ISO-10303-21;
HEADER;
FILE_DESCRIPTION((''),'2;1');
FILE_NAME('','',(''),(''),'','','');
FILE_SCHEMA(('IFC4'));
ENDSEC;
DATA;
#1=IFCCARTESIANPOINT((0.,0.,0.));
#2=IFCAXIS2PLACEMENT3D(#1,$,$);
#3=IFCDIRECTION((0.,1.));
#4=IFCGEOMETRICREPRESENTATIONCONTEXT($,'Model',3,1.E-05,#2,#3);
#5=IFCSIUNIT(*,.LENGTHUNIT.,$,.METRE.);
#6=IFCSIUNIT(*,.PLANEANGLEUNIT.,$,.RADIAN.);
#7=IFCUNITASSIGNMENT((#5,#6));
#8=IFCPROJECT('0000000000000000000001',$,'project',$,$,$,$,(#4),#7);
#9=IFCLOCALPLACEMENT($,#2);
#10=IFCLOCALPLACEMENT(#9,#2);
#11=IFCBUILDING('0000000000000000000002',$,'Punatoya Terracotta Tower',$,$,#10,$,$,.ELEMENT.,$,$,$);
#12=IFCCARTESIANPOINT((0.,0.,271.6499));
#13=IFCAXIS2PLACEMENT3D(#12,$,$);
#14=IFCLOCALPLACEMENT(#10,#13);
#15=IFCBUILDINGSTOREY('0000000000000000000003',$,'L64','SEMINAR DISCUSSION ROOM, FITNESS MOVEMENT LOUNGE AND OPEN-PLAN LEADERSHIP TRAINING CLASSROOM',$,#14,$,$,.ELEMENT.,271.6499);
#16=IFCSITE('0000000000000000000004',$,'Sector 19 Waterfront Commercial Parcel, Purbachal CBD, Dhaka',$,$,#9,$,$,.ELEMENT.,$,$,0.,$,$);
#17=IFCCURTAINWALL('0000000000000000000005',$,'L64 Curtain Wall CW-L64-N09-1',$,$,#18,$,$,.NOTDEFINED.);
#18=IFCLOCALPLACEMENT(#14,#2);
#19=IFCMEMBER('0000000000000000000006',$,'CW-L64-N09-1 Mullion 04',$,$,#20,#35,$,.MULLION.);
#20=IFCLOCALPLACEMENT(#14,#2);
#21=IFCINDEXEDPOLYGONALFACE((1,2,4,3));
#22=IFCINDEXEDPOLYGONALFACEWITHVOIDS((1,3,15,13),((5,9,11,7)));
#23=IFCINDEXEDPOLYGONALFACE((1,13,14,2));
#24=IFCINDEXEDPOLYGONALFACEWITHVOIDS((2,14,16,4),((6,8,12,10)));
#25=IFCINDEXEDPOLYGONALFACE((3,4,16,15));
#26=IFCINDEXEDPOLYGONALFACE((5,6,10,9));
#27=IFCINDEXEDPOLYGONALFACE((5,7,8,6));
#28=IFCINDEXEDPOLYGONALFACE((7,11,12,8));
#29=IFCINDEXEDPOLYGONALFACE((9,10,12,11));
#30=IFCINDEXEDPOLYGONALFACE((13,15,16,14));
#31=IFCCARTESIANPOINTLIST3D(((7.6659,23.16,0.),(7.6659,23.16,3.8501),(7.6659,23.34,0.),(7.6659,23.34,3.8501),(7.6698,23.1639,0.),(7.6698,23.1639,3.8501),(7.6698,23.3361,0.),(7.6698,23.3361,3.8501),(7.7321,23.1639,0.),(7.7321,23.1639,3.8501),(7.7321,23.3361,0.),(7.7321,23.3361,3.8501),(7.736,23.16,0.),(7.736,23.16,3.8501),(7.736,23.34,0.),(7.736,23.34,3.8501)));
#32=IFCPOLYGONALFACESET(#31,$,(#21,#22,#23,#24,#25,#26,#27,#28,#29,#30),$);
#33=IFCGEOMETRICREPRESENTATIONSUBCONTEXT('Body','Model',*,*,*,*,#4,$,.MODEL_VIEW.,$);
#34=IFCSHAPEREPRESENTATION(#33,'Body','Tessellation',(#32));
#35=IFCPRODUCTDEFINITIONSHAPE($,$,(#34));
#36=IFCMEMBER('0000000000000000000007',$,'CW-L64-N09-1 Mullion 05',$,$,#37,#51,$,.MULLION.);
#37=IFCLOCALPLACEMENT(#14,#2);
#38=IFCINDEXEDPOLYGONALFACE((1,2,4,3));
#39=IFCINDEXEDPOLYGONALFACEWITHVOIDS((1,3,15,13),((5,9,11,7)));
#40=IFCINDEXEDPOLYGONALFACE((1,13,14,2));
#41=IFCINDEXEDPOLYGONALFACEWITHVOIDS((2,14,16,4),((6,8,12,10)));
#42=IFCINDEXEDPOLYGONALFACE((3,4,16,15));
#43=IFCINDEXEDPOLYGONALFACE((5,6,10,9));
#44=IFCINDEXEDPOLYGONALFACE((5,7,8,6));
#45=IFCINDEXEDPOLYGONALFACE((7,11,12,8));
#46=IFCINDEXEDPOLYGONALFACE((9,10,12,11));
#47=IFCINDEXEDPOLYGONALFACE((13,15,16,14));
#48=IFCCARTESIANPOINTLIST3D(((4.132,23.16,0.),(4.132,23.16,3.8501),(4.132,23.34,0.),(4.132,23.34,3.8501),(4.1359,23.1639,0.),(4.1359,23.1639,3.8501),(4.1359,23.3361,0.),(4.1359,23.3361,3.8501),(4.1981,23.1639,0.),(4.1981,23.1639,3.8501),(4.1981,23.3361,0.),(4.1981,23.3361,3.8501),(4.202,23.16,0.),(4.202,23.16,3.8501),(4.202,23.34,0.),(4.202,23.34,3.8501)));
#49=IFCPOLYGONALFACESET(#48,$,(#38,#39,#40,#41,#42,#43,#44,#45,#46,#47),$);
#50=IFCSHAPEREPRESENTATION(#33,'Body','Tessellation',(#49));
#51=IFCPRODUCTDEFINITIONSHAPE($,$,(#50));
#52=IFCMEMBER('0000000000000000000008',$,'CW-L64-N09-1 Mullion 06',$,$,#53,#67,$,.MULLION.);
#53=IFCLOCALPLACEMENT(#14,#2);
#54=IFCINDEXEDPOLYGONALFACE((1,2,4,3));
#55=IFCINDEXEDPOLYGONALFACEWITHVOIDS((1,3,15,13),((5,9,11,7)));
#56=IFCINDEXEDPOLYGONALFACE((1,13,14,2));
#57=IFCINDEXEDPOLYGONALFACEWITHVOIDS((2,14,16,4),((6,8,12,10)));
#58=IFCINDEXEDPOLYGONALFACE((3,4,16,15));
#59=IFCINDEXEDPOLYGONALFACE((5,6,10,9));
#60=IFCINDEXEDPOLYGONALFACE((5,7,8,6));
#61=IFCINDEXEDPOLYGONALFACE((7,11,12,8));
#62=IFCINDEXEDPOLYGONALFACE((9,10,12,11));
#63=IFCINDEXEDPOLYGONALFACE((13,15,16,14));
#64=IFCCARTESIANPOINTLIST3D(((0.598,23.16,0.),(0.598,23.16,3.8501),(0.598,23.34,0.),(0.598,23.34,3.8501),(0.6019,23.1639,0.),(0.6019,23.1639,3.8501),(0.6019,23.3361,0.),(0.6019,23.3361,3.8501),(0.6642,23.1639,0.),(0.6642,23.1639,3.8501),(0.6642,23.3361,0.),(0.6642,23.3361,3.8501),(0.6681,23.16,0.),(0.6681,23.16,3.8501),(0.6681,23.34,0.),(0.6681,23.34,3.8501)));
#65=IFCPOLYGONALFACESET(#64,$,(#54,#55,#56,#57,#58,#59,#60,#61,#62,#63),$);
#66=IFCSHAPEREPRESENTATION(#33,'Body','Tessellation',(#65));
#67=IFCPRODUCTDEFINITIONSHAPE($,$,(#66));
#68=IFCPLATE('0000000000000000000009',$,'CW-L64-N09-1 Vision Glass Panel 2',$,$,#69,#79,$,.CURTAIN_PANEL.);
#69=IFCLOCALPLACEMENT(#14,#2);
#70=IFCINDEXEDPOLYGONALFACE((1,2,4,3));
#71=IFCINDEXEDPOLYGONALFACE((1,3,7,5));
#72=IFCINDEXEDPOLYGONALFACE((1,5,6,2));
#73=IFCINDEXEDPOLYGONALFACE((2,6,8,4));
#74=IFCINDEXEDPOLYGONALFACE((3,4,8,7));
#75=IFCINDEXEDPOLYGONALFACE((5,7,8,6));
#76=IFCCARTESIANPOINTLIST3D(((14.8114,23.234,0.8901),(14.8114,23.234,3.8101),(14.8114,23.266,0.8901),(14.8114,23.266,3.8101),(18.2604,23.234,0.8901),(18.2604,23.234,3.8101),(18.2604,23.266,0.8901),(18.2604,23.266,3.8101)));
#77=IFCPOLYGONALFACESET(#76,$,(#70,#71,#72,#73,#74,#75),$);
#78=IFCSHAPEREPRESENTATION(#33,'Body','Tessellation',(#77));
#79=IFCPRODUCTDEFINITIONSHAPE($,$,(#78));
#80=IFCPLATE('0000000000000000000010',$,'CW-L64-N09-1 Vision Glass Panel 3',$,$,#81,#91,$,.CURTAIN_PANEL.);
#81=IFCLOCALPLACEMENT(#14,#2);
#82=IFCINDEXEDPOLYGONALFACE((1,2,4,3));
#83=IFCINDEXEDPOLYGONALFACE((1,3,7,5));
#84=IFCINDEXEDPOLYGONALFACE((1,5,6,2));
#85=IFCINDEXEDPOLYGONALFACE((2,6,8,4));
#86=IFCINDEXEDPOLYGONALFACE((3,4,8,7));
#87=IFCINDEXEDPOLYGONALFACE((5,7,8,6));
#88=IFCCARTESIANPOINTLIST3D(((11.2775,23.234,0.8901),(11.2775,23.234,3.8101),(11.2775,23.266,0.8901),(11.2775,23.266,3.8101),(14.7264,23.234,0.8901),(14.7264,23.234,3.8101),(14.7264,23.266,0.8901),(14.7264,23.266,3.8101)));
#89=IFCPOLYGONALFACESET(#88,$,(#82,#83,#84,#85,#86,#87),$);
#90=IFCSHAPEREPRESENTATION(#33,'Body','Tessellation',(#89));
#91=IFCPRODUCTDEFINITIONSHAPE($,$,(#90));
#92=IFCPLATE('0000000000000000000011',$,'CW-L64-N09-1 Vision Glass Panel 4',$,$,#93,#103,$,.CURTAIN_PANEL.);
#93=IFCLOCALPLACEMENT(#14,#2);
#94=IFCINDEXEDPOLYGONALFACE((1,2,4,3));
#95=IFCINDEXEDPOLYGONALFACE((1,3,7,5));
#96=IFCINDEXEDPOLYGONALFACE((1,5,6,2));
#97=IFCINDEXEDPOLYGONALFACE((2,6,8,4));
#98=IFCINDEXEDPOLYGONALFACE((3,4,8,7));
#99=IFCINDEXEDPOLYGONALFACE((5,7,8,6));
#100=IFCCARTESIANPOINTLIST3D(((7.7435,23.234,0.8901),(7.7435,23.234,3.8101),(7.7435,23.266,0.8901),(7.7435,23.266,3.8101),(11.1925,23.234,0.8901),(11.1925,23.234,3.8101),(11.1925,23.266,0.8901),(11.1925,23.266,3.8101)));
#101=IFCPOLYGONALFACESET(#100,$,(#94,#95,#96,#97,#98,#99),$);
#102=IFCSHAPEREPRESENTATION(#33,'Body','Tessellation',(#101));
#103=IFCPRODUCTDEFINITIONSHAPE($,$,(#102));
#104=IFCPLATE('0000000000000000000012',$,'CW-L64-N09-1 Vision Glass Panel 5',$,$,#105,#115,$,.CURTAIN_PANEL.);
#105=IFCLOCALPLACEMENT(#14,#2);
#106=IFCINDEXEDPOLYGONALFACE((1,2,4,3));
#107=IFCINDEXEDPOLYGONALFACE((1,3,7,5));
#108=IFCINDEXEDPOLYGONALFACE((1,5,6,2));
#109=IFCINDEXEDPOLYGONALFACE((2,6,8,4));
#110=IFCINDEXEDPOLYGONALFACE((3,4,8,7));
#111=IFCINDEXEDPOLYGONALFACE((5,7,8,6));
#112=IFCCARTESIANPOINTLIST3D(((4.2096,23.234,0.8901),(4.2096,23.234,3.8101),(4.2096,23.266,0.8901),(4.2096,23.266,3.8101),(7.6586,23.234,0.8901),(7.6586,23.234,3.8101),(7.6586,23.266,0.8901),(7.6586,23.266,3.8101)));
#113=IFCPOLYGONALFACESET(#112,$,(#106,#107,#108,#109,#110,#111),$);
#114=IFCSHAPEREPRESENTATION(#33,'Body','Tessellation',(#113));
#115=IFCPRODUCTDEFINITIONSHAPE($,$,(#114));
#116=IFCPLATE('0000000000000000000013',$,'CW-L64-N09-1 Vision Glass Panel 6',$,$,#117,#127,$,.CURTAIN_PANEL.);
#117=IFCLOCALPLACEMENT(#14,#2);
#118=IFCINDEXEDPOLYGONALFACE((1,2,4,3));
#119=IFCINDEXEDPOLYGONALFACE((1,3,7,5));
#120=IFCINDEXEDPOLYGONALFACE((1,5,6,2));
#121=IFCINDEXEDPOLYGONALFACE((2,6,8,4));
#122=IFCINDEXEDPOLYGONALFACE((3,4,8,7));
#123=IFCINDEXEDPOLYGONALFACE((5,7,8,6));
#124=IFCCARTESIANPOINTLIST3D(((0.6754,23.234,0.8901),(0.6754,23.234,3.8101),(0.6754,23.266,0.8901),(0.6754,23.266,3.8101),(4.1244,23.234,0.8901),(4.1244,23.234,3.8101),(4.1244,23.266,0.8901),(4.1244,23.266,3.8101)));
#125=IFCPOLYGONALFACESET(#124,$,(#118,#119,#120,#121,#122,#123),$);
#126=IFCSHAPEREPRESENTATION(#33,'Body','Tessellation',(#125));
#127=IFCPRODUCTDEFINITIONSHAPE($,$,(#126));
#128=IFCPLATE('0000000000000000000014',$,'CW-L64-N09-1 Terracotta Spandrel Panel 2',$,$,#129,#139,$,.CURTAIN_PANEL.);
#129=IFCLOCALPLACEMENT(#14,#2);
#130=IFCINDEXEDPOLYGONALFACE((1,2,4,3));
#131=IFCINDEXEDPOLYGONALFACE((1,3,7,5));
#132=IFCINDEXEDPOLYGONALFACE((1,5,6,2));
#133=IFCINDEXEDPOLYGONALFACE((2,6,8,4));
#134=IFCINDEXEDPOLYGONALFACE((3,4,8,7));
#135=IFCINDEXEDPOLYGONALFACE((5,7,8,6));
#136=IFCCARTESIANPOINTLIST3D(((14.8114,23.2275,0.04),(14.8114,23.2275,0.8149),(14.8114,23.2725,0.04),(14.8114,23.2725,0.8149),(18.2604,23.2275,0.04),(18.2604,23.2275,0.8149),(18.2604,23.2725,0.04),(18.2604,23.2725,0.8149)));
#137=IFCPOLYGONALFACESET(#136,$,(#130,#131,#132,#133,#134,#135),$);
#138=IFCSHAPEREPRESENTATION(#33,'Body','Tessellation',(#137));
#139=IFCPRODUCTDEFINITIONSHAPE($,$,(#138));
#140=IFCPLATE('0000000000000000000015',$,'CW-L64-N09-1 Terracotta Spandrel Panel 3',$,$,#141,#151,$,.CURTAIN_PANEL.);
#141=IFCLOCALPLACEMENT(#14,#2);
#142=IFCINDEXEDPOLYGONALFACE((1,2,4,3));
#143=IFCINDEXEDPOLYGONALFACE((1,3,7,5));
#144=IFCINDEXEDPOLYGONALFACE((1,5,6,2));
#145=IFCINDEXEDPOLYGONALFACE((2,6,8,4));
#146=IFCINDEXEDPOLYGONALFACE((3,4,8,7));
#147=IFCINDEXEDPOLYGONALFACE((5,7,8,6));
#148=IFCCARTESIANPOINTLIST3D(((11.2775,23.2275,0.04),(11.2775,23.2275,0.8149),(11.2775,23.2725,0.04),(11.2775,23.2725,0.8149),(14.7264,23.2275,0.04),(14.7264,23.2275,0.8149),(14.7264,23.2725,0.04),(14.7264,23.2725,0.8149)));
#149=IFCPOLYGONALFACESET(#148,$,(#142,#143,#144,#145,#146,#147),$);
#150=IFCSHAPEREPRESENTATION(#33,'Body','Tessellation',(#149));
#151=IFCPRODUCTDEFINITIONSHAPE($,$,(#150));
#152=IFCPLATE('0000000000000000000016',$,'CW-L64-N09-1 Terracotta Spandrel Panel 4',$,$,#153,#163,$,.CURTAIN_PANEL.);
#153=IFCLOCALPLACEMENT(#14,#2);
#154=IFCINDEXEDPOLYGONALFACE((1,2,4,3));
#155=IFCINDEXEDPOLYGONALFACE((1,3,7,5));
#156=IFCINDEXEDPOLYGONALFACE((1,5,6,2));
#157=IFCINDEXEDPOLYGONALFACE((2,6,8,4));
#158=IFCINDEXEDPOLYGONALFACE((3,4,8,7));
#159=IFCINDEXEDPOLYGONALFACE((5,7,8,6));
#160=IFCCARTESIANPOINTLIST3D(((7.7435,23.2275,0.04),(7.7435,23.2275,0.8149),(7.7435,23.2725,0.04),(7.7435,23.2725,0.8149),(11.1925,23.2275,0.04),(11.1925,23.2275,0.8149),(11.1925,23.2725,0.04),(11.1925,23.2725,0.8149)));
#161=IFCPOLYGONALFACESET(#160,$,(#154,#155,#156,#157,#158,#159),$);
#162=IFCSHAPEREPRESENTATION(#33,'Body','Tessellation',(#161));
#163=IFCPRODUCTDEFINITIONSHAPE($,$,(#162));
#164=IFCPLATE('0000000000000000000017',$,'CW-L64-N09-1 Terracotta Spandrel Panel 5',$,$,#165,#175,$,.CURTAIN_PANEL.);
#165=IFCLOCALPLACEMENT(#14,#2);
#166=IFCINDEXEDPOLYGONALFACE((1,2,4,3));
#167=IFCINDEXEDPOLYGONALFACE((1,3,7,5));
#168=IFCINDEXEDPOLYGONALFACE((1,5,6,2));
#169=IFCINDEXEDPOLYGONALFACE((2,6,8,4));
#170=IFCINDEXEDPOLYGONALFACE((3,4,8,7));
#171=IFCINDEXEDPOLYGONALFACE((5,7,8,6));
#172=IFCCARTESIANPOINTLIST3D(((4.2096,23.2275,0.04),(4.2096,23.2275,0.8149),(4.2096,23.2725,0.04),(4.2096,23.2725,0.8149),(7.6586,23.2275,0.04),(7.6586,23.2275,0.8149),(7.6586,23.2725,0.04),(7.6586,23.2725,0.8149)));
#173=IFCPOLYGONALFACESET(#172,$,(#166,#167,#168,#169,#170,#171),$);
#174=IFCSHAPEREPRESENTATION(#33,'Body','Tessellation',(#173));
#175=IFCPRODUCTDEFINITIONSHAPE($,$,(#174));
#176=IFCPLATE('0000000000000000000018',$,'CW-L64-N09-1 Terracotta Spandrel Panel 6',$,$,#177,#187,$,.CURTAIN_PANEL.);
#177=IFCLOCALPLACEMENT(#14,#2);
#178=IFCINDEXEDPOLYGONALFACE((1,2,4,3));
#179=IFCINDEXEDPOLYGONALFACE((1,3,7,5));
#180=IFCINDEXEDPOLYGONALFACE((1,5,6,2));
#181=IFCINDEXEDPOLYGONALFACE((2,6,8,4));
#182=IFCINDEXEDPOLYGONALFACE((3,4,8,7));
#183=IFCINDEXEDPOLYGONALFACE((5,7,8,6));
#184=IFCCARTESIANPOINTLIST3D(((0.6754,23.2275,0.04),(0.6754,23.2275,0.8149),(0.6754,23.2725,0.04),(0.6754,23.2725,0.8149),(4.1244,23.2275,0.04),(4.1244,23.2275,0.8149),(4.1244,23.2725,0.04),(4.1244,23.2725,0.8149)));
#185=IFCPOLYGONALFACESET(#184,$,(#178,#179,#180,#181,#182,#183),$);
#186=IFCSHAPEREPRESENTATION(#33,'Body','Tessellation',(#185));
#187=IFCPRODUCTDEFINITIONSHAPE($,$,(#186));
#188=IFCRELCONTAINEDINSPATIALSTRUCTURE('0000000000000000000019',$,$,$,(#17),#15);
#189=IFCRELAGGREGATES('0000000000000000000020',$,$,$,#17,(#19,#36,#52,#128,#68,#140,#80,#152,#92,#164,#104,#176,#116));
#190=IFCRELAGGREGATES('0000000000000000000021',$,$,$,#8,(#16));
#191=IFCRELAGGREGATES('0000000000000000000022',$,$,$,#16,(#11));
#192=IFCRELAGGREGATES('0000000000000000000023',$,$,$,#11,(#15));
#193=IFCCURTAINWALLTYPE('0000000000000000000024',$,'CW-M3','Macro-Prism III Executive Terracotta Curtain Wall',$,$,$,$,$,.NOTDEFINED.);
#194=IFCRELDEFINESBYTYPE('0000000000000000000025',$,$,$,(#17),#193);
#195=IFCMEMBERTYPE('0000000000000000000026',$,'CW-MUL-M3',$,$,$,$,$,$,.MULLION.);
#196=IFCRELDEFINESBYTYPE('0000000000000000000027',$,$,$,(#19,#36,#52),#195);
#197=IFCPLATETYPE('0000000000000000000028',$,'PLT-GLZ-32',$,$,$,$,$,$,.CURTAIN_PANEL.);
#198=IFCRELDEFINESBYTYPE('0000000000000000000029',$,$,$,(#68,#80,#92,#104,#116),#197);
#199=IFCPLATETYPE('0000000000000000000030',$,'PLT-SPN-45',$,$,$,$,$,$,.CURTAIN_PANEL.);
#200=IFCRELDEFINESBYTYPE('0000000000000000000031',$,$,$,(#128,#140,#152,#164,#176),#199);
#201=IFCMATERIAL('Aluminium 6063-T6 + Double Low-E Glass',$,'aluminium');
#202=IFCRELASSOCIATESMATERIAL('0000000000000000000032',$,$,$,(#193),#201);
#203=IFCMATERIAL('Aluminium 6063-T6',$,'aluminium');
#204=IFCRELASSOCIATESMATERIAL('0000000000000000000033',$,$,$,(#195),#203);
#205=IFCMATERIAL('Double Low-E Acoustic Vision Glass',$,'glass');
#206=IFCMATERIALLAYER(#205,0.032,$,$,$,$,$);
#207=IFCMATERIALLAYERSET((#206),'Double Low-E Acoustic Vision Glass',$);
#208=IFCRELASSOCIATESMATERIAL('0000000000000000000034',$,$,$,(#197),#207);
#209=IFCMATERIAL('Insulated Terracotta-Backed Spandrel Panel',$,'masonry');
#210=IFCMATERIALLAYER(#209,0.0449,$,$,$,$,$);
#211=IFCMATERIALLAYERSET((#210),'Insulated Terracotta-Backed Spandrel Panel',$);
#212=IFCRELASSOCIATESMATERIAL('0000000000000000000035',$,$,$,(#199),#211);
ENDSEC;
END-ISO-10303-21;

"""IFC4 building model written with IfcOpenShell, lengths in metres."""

from ifc_helpers import new_model, si_unit, direction, frame, origin, origin_2d, place, context, subcontext, project, spatial, rectangle, hollow_rectangle, extrude, material, layer, layer_set, material_profile, profile_set, type_object, element, aggregate, save


model = new_model("IFC4")

# Units and contexts
model_context = context("Model", 3, precision=1e-05, world=origin(), true_north=direction((0.0, 1.0)))
body_context = subcontext(model_context, "Body", "Model", "MODEL_VIEW")
ifc_project = project(units=[si_unit("LENGTHUNIT", "METRE"), si_unit("PLANEANGLEUNIT", "RADIAN")], contexts=[model_context])

# Site, building, storey
site_placement = place(None, origin())
site = spatial("IfcSite", under=ifc_project, at=site_placement, Name="Sector 19 Waterfront Commercial Parcel, Purbachal CBD, Dhaka", CompositionType="ELEMENT", RefElevation=0.0)
building_placement = place(site_placement, origin())
building = spatial("IfcBuilding", under=site, at=building_placement, Name="Punatoya Terracotta Tower", CompositionType="ELEMENT")
storey_placement = place(building_placement, frame((0.0, 0.0, 271.6499)))
storey = spatial("IfcBuildingStorey", under=building, at=storey_placement, Name="L64", Description="SEMINAR DISCUSSION ROOM, FITNESS MOVEMENT LOUNGE AND OPEN-PLAN LEADERSHIP TRAINING CLASSROOM", CompositionType="ELEMENT", Elevation=271.6499)

# Curtain wall, members, plates
ifc_material_1 = material(Name="Aluminium 6063-T6 + Double Low-E Glass", Category="aluminium")
curtain_wall_type = type_object("IfcCurtainWallType", Name="CW-M3", Description="Macro-Prism III Executive Terracotta Curtain Wall", PredefinedType="NOTDEFINED", material=ifc_material_1)
curtain_wall_placement = place(storey_placement, origin())
curtain_wall = element("IfcCurtainWall", 1, at=curtain_wall_placement, inside=storey, type_object=curtain_wall_type, Name="L64 Curtain Wall CW-L64-N09-1", PredefinedType="NOTDEFINED")
ifc_material_2 = material(Name="Aluminium 6063-T6", Category="aluminium")
ifc_material_profile_1 = material_profile(ifc_material_2, hollow_rectangle(XDim=0.0701, YDim=0.1799, WallThickness=0.0039, at=origin_2d()))
ifc_profile_set_1 = profile_set([ifc_material_profile_1], Name="Aluminium 6063-T6")
member_type = type_object("IfcMemberType", Name="CW-MUL-M3", PredefinedType="MULLION", material=ifc_profile_set_1)
member_1_placement = place(storey_placement, frame((7.7009, 23.25, 0.0), z_axis=(0.0, 0.0, 1.0), x_axis=(1.0, 0.0, 0.0)))
member_1 = element("IfcMember", 2, at=member_1_placement, type_object=member_type, Name="CW-L64-N09-1 Mullion 04", PredefinedType="MULLION", context=body_context, shape_type="SweptSolid", body=[
    extrude(hollow_rectangle(XDim=0.0701, YDim=0.1799, WallThickness=0.0039, at=origin_2d()), origin(), (0.0, 0.0, 1.0), 3.8501),
])
member_2_placement = place(storey_placement, frame((4.167, 23.25, 0.0), z_axis=(0.0, 0.0, 1.0), x_axis=(1.0, 0.0, 0.0)))
member_2 = element("IfcMember", 3, at=member_2_placement, type_object=member_type, Name="CW-L64-N09-1 Mullion 05", PredefinedType="MULLION", context=body_context, shape_type="SweptSolid", body=[
    extrude(hollow_rectangle(XDim=0.0701, YDim=0.1799, WallThickness=0.0039, at=origin_2d()), origin(), (0.0, 0.0, 1.0), 3.8501),
])
member_3_placement = place(storey_placement, frame((0.6331, 23.25, 0.0), z_axis=(0.0, 0.0, 1.0), x_axis=(1.0, 0.0, 0.0)))
member_3 = element("IfcMember", 4, at=member_3_placement, type_object=member_type, Name="CW-L64-N09-1 Mullion 06", PredefinedType="MULLION", context=body_context, shape_type="SweptSolid", body=[
    extrude(hollow_rectangle(XDim=0.0701, YDim=0.1799, WallThickness=0.0039, at=origin_2d()), origin(), (0.0, 0.0, 1.0), 3.8501),
])
ifc_material_3 = material(Name="Double Low-E Acoustic Vision Glass", Category="glass")
ifc_layer_1 = layer(ifc_material_3, 0.032)
ifc_layer_set_1 = layer_set([ifc_layer_1], Name="Double Low-E Acoustic Vision Glass")
plate_type_1 = type_object("IfcPlateType", Name="PLT-GLZ-32", PredefinedType="CURTAIN_PANEL", material=ifc_layer_set_1)
plate_1_placement = place(storey_placement, frame((16.5359, 23.25, 0.8901), z_axis=(0.0, 0.0, 1.0), x_axis=(-1.0, 0.0, 0.0)))
plate_1 = element("IfcPlate", 5, at=plate_1_placement, type_object=plate_type_1, Name="CW-L64-N09-1 Vision Glass Panel 2", PredefinedType="CURTAIN_PANEL", context=body_context, shape_type="SweptSolid", body=[
    extrude(rectangle(XDim=3.449, YDim=0.032, at=origin_2d()), origin(), (0.0, 0.0, 1.0), 2.9199),
])
plate_2_placement = place(storey_placement, frame((13.002, 23.25, 0.8901), z_axis=(0.0, 0.0, 1.0), x_axis=(-1.0, 0.0, 0.0)))
plate_2 = element("IfcPlate", 6, at=plate_2_placement, type_object=plate_type_1, Name="CW-L64-N09-1 Vision Glass Panel 3", PredefinedType="CURTAIN_PANEL", context=body_context, shape_type="SweptSolid", body=[
    extrude(rectangle(XDim=3.449, YDim=0.032, at=origin_2d()), origin(), (0.0, 0.0, 1.0), 2.9199),
])
plate_3_placement = place(storey_placement, frame((9.468, 23.25, 0.8901), z_axis=(0.0, 0.0, 1.0), x_axis=(-1.0, 0.0, 0.0)))
plate_3 = element("IfcPlate", 7, at=plate_3_placement, type_object=plate_type_1, Name="CW-L64-N09-1 Vision Glass Panel 4", PredefinedType="CURTAIN_PANEL", context=body_context, shape_type="SweptSolid", body=[
    extrude(rectangle(XDim=3.449, YDim=0.032, at=origin_2d()), origin(), (0.0, 0.0, 1.0), 2.9199),
])
plate_4_placement = place(storey_placement, frame((5.9341, 23.25, 0.8901), z_axis=(0.0, 0.0, 1.0), x_axis=(-1.0, 0.0, 0.0)))
plate_4 = element("IfcPlate", 8, at=plate_4_placement, type_object=plate_type_1, Name="CW-L64-N09-1 Vision Glass Panel 5", PredefinedType="CURTAIN_PANEL", context=body_context, shape_type="SweptSolid", body=[
    extrude(rectangle(XDim=3.449, YDim=0.032, at=origin_2d()), origin(), (0.0, 0.0, 1.0), 2.9199),
])
plate_5_placement = place(storey_placement, frame((2.3999, 23.25, 0.8901), z_axis=(0.0, 0.0, 1.0), x_axis=(-1.0, 0.0, 0.0)))
plate_5 = element("IfcPlate", 9, at=plate_5_placement, type_object=plate_type_1, Name="CW-L64-N09-1 Vision Glass Panel 6", PredefinedType="CURTAIN_PANEL", context=body_context, shape_type="SweptSolid", body=[
    extrude(rectangle(XDim=3.449, YDim=0.032, at=origin_2d()), origin(), (0.0, 0.0, 1.0), 2.9199),
])
ifc_material_4 = material(Name="Insulated Terracotta-Backed Spandrel Panel", Category="masonry")
ifc_layer_2 = layer(ifc_material_4, 0.0449)
ifc_layer_set_2 = layer_set([ifc_layer_2], Name="Insulated Terracotta-Backed Spandrel Panel")
plate_type_2 = type_object("IfcPlateType", Name="PLT-SPN-45", PredefinedType="CURTAIN_PANEL", material=ifc_layer_set_2)
plate_6_placement = place(storey_placement, frame((16.5359, 23.25, 0.04), z_axis=(0.0, 0.0, 1.0), x_axis=(-1.0, 0.0, 0.0)))
plate_6 = element("IfcPlate", 10, at=plate_6_placement, type_object=plate_type_2, Name="CW-L64-N09-1 Terracotta Spandrel Panel 2", PredefinedType="CURTAIN_PANEL", context=body_context, shape_type="SweptSolid", body=[
    extrude(rectangle(XDim=3.449, YDim=0.0449, at=origin_2d()), origin(), (0.0, 0.0, 1.0), 0.7749),
])
plate_7_placement = place(storey_placement, frame((13.002, 23.25, 0.04), z_axis=(0.0, 0.0, 1.0), x_axis=(-1.0, 0.0, 0.0)))
plate_7 = element("IfcPlate", 11, at=plate_7_placement, type_object=plate_type_2, Name="CW-L64-N09-1 Terracotta Spandrel Panel 3", PredefinedType="CURTAIN_PANEL", context=body_context, shape_type="SweptSolid", body=[
    extrude(rectangle(XDim=3.449, YDim=0.0449, at=origin_2d()), origin(), (0.0, 0.0, 1.0), 0.7749),
])
plate_8_placement = place(storey_placement, frame((9.468, 23.25, 0.04), z_axis=(0.0, 0.0, 1.0), x_axis=(-1.0, 0.0, 0.0)))
plate_8 = element("IfcPlate", 12, at=plate_8_placement, type_object=plate_type_2, Name="CW-L64-N09-1 Terracotta Spandrel Panel 4", PredefinedType="CURTAIN_PANEL", context=body_context, shape_type="SweptSolid", body=[
    extrude(rectangle(XDim=3.449, YDim=0.0449, at=origin_2d()), origin(), (0.0, 0.0, 1.0), 0.7749),
])
plate_9_placement = place(storey_placement, frame((5.9341, 23.25, 0.04), z_axis=(0.0, 0.0, 1.0), x_axis=(-1.0, 0.0, 0.0)))
plate_9 = element("IfcPlate", 13, at=plate_9_placement, type_object=plate_type_2, Name="CW-L64-N09-1 Terracotta Spandrel Panel 5", PredefinedType="CURTAIN_PANEL", context=body_context, shape_type="SweptSolid", body=[
    extrude(rectangle(XDim=3.449, YDim=0.0449, at=origin_2d()), origin(), (0.0, 0.0, 1.0), 0.7749),
])
plate_10_placement = place(storey_placement, frame((2.3999, 23.25, 0.04), z_axis=(0.0, 0.0, 1.0), x_axis=(-1.0, 0.0, 0.0)))
plate_10 = element("IfcPlate", 14, at=plate_10_placement, type_object=plate_type_2, Name="CW-L64-N09-1 Terracotta Spandrel Panel 6", PredefinedType="CURTAIN_PANEL", context=body_context, shape_type="SweptSolid", body=[
    extrude(rectangle(XDim=3.449, YDim=0.0449, at=origin_2d()), origin(), (0.0, 0.0, 1.0), 0.7749),
])
aggregate(curtain_wall, [member_1, member_2, member_3, plate_6, plate_1, plate_7, plate_2, plate_8, plate_3, plate_9, plate_4, plate_10, plate_5])

save(model, "model.ifc")
